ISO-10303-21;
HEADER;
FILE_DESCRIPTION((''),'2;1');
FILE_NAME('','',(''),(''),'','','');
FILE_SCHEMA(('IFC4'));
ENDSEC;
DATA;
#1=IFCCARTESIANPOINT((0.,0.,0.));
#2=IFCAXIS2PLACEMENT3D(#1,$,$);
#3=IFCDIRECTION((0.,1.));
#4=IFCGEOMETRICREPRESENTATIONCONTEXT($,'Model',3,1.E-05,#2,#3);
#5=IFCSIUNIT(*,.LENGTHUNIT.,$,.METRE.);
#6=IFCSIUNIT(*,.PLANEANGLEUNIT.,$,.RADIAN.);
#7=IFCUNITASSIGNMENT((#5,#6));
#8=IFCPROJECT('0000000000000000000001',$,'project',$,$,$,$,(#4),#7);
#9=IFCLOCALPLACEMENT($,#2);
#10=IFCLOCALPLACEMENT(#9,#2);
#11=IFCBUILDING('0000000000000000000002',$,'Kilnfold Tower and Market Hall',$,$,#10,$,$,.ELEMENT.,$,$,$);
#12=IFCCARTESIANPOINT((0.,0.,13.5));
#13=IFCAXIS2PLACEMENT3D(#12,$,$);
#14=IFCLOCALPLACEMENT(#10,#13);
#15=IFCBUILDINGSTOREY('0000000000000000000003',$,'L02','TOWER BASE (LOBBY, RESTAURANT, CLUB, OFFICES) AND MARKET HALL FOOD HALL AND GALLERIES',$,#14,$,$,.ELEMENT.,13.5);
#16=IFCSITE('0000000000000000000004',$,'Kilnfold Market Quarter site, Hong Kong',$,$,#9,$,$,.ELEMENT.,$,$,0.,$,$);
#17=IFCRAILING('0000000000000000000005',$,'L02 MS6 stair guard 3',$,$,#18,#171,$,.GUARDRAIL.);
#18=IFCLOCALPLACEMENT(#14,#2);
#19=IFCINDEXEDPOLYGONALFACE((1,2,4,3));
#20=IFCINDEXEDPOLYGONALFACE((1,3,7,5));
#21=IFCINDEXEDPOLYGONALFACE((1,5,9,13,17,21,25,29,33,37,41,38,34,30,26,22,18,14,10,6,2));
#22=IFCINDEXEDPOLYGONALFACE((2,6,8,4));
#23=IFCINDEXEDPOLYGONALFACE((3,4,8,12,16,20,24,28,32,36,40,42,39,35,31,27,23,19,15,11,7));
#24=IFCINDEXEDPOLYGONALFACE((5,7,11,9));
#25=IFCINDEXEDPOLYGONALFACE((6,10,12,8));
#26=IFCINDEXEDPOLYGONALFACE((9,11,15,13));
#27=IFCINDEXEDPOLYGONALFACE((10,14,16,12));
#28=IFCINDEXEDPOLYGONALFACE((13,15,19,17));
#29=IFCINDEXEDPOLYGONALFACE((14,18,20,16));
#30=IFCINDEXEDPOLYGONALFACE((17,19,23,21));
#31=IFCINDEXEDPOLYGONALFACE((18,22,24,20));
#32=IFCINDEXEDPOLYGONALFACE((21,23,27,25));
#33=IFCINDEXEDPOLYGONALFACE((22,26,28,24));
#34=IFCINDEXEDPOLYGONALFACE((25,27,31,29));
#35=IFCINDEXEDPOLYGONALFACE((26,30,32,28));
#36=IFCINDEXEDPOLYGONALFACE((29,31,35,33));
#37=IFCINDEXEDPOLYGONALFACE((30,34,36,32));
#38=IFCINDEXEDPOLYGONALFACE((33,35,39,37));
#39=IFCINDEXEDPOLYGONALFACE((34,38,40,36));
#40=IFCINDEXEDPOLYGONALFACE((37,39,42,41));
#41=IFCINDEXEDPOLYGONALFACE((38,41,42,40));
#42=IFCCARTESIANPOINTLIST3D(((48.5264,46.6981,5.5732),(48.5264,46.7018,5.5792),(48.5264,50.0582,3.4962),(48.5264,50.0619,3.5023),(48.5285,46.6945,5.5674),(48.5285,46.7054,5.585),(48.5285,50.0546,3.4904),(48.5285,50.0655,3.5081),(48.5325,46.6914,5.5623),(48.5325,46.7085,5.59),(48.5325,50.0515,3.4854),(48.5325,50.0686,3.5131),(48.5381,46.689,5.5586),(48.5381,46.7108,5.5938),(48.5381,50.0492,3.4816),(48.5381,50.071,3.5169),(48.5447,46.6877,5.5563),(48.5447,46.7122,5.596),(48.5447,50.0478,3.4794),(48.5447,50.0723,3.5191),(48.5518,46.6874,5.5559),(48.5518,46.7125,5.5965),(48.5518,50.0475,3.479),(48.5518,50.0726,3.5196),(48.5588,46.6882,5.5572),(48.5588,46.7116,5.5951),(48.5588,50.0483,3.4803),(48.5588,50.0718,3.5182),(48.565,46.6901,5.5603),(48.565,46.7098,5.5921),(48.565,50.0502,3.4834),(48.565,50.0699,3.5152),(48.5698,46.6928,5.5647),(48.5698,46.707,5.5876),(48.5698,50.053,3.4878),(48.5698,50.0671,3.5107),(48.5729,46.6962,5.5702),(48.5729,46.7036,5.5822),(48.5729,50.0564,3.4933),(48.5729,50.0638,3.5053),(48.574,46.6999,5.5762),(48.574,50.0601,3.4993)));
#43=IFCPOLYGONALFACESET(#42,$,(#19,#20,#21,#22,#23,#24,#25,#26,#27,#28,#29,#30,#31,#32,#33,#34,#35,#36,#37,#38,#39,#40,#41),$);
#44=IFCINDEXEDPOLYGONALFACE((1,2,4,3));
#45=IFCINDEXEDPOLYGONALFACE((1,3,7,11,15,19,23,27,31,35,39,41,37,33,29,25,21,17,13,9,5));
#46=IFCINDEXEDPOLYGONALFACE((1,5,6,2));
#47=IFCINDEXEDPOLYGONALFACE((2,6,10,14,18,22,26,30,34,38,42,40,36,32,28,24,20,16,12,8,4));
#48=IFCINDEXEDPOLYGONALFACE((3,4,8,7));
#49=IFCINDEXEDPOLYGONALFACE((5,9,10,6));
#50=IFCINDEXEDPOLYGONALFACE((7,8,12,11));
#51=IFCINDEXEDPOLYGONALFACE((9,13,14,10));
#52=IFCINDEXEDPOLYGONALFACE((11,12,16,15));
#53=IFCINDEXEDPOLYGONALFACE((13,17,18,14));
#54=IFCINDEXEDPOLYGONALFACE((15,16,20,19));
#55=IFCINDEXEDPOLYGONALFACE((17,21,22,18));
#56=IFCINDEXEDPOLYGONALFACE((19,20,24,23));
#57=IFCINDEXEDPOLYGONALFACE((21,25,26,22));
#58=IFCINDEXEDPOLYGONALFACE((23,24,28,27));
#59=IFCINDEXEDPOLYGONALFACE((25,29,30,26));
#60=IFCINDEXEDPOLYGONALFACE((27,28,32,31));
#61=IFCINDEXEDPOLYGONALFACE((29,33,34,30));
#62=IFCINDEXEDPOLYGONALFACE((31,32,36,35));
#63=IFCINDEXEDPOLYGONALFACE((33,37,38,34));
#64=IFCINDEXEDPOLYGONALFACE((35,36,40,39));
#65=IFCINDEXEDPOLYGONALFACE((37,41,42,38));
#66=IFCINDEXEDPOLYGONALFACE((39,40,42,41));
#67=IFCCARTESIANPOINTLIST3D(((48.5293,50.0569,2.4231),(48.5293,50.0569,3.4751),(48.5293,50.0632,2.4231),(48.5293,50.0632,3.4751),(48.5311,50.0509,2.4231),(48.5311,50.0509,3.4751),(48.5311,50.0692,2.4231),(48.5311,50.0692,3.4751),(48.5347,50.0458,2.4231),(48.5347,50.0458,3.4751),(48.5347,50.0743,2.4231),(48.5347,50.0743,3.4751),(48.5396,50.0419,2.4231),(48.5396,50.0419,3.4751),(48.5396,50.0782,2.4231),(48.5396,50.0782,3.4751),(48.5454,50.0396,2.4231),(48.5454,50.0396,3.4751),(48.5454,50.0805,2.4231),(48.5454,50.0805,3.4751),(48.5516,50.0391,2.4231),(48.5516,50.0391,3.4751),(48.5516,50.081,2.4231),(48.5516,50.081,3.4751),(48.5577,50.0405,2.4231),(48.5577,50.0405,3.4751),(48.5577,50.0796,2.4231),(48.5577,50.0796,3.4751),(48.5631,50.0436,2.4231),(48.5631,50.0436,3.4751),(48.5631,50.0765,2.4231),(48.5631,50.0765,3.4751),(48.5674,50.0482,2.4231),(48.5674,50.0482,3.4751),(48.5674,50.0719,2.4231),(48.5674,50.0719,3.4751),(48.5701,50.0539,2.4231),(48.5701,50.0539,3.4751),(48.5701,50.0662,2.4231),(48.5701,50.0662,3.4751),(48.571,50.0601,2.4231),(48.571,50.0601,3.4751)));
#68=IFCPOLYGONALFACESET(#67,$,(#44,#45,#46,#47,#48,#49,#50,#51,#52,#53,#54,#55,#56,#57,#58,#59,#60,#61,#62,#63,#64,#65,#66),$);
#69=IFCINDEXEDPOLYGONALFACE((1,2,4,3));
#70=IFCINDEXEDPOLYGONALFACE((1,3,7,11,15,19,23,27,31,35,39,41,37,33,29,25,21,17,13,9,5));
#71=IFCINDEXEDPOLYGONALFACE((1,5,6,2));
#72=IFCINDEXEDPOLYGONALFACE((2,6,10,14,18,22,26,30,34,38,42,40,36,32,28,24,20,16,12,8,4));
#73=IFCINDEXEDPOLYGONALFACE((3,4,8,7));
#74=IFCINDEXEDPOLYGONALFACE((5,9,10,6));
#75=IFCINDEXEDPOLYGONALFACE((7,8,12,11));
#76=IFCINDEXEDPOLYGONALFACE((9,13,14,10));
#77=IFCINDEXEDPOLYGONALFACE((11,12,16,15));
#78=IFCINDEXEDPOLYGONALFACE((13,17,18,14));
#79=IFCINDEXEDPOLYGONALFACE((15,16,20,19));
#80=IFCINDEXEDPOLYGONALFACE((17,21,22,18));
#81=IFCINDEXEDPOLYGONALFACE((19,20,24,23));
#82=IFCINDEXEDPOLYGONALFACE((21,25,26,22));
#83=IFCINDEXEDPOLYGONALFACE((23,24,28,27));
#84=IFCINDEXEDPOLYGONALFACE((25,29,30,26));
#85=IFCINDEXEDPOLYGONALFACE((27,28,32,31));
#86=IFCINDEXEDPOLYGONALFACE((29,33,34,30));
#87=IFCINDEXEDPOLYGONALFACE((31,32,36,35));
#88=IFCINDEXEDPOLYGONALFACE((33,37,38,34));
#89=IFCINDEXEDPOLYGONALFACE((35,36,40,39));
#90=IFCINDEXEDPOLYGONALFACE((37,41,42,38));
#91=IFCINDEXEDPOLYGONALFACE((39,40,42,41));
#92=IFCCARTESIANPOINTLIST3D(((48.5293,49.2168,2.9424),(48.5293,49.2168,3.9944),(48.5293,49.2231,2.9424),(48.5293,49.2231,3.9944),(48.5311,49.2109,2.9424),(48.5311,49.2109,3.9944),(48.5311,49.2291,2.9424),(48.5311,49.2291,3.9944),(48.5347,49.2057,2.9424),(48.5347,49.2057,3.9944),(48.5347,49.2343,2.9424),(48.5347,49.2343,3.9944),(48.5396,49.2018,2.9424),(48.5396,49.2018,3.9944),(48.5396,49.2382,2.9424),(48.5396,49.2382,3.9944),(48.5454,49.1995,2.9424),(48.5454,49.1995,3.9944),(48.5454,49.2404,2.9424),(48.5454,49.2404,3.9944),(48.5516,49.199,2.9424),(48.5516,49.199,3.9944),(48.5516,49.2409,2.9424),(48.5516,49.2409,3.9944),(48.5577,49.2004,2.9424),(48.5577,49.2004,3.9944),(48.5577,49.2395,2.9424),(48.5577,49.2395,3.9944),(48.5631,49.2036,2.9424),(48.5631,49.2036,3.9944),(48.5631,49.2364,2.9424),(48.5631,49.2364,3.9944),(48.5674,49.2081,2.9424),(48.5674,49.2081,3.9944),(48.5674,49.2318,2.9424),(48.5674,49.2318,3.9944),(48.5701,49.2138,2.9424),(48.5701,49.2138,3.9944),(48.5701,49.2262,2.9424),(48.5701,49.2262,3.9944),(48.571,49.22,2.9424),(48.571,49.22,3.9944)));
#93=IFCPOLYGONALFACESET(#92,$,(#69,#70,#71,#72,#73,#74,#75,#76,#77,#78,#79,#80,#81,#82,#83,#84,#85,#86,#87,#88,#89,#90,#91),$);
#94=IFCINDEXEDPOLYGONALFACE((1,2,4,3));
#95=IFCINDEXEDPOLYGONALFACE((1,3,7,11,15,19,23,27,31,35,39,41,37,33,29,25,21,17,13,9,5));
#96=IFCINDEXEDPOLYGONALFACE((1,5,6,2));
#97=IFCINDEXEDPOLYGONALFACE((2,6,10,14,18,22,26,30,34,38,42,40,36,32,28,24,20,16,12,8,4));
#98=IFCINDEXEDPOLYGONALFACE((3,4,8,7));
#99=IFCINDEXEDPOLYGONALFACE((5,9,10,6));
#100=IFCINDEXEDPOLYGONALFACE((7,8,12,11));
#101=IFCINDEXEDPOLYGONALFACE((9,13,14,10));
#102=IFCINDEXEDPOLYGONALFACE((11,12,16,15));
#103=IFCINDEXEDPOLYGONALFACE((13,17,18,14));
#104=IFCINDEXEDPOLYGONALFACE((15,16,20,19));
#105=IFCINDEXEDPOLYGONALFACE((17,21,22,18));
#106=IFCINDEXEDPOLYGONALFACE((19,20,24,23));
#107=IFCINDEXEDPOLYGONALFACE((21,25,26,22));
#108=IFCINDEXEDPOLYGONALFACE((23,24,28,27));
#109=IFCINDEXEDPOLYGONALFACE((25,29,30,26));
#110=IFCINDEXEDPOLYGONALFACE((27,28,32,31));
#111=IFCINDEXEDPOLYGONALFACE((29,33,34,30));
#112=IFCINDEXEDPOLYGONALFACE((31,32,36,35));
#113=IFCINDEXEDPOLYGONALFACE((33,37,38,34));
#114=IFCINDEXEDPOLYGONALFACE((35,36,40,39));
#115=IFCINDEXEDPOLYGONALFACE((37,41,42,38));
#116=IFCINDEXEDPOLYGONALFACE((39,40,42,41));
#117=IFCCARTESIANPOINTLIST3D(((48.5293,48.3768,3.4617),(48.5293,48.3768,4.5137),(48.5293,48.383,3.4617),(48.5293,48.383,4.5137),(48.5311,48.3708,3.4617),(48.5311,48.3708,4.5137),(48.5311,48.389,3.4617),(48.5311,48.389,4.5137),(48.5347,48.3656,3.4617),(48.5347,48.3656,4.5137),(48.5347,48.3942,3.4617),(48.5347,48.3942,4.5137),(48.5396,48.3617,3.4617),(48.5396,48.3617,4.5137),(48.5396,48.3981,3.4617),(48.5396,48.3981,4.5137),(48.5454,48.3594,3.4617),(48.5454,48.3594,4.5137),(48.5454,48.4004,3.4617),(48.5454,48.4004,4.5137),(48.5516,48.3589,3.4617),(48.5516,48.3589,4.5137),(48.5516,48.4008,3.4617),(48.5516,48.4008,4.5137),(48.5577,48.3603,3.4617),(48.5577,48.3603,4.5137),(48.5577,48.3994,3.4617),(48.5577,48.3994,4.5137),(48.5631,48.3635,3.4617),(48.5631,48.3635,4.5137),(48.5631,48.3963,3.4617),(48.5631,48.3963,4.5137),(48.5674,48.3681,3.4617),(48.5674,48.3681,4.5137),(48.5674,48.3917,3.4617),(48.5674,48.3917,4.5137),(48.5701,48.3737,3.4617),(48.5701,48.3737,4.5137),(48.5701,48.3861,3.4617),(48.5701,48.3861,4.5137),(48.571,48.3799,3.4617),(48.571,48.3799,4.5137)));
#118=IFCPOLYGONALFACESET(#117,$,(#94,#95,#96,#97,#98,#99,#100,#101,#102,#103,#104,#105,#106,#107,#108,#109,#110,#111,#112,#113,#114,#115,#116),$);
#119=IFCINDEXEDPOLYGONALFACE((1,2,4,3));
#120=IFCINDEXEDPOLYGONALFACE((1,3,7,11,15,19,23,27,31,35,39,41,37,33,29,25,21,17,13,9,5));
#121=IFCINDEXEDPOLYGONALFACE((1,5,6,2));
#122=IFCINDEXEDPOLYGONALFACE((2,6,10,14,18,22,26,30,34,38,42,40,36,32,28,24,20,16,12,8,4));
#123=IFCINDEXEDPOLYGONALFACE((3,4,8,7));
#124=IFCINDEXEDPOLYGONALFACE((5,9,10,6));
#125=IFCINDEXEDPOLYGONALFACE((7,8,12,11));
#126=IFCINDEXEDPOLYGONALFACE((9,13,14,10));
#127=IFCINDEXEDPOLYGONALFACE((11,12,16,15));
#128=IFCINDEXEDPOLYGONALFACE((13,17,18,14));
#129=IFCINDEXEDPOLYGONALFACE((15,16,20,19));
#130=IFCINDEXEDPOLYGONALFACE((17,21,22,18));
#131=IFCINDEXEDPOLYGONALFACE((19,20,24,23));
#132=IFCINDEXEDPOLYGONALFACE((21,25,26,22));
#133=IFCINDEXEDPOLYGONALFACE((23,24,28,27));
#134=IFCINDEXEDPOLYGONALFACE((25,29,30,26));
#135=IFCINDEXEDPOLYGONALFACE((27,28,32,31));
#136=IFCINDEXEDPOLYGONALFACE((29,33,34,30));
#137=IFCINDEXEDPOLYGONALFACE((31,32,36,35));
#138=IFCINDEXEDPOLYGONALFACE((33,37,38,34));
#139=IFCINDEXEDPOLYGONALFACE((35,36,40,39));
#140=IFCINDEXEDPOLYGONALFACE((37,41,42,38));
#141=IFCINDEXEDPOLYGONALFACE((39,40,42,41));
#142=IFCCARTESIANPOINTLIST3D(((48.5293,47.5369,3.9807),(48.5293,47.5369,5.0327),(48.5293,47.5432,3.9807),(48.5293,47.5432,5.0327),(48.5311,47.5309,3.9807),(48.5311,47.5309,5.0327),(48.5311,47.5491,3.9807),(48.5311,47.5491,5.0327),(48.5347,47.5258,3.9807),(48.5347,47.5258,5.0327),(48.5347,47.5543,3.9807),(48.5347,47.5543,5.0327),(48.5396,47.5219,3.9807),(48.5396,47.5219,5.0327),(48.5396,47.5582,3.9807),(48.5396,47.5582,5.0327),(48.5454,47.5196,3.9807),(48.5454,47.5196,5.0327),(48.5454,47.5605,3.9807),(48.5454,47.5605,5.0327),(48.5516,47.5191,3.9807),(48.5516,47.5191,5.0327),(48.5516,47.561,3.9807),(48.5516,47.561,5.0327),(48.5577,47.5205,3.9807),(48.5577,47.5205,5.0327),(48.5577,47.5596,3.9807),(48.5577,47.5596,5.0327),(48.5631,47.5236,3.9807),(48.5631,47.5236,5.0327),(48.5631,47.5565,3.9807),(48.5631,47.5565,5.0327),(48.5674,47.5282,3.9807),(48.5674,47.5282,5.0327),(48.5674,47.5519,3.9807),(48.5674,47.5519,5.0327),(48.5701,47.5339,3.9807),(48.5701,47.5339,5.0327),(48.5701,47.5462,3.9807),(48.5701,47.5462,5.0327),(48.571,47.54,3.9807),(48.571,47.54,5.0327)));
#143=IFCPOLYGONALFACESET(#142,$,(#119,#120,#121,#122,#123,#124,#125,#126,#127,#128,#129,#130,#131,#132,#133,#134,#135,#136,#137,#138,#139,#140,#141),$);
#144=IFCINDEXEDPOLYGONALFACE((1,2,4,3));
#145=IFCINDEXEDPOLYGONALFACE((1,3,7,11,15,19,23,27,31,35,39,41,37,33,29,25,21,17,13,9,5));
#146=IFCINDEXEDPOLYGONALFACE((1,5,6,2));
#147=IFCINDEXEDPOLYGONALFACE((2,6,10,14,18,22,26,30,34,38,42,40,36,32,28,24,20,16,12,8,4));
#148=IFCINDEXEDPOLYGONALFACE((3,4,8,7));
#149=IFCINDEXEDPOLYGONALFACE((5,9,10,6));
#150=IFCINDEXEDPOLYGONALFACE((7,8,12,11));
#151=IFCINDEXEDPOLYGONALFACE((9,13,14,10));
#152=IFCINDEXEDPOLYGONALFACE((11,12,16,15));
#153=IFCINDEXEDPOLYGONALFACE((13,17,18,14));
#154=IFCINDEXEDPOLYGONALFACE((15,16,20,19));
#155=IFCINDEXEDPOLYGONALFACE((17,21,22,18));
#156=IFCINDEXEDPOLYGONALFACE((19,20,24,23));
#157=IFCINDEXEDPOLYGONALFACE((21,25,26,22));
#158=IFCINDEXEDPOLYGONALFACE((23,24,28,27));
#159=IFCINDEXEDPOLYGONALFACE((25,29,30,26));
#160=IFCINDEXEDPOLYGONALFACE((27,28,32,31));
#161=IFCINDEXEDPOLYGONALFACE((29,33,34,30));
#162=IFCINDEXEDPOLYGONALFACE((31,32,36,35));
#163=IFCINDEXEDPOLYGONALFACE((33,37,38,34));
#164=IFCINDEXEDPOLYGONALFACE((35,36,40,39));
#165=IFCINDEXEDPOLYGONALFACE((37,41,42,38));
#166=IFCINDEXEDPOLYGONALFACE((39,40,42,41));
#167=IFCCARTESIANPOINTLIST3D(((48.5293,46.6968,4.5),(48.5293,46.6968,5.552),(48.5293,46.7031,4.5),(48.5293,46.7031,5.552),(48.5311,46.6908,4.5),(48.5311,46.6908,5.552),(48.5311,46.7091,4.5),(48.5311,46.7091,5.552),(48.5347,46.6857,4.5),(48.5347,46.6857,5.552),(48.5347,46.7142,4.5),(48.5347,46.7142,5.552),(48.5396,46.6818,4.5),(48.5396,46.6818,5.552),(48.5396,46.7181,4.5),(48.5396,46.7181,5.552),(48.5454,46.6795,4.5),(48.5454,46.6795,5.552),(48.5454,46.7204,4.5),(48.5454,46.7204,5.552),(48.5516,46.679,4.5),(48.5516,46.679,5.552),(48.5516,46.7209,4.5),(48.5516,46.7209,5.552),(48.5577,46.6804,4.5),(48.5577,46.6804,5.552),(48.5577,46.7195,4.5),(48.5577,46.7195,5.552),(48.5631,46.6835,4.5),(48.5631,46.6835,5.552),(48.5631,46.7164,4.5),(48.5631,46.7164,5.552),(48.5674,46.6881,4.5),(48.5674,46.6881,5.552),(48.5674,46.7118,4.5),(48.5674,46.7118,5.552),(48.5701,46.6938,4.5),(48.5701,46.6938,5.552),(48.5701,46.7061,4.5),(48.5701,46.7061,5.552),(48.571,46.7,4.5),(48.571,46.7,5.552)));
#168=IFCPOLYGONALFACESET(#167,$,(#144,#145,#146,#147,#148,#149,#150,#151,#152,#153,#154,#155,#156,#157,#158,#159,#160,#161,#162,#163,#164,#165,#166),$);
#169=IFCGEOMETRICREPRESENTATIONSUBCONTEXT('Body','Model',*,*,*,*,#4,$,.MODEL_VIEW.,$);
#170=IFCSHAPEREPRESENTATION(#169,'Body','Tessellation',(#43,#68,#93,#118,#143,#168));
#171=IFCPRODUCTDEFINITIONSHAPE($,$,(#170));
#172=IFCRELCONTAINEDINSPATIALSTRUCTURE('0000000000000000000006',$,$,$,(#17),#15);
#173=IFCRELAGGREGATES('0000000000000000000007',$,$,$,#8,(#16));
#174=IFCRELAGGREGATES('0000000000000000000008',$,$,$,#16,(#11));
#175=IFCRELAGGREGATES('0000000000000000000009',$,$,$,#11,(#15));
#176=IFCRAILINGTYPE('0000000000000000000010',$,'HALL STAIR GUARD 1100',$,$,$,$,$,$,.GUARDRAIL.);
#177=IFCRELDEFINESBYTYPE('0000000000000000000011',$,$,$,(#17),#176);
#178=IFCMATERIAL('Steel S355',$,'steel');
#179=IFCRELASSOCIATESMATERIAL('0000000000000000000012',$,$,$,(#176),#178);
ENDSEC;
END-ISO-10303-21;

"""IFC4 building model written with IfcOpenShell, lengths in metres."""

from ifc_helpers import new_model, si_unit, direction, frame, origin, origin_2d, place, context, subcontext, project, spatial, circle, extrude, material, type_object, element, save


model = new_model("IFC4")

# Units and contexts
model_context = context("Model", 3, precision=1e-05, world=origin(), true_north=direction((0.0, 1.0)))
body_context = subcontext(model_context, "Body", "Model", "MODEL_VIEW")
ifc_project = project(units=[si_unit("LENGTHUNIT", "METRE"), si_unit("PLANEANGLEUNIT", "RADIAN")], contexts=[model_context])

# Site, building, storey
site_placement = place(None, origin())
site = spatial("IfcSite", under=ifc_project, at=site_placement, Name="Kilnfold Market Quarter site, Hong Kong", CompositionType="ELEMENT", RefElevation=0.0)
building_placement = place(site_placement, origin())
building = spatial("IfcBuilding", under=site, at=building_placement, Name="Kilnfold Tower and Market Hall", CompositionType="ELEMENT")
storey_placement = place(building_placement, frame((0.0, 0.0, 13.5)))
storey = spatial("IfcBuildingStorey", under=building, at=storey_placement, Name="L02", Description="TOWER BASE (LOBBY, RESTAURANT, CLUB, OFFICES) AND MARKET HALL FOOD HALL AND GALLERIES", CompositionType="ELEMENT", Elevation=13.5)

# Railing
ifc_material_1 = material(Name="Steel S355", Category="steel")
railing_type_1 = type_object("IfcRailingType", Name="HALL STAIR GUARD 1100", PredefinedType="GUARDRAIL", material=ifc_material_1)
railing_1_placement = place(storey_placement, frame((48.55, 50.0601, 2.4231)))
element("IfcRailing", 1, at=railing_1_placement, inside=storey, type_object=railing_type_1, Name="L02 MS6 stair guard 3", PredefinedType="GUARDRAIL", context=body_context, shape_type="SweptSolid", body=[
    extrude(circle(Radius=0.0239, at=origin_2d()), frame((0.0, 0.0, 1.0762), z_axis=(0.0, -0.850623, 0.525776), x_axis=(1.0, 0.0, 0.0)), (0.0, 0.0, 1.0), 3.9502),
    extrude(circle(Radius=0.021, at=origin_2d()), origin(), (0.0, 0.0, 1.0), 1.052),
    extrude(circle(Radius=0.021, at=origin_2d()), frame((0.0, -0.8401, 0.5193)), (0.0, 0.0, 1.0), 1.052),
    extrude(circle(Radius=0.021, at=origin_2d()), frame((0.0, -1.6802, 1.0386)), (0.0, 0.0, 1.0), 1.052),
    extrude(circle(Radius=0.021, at=origin_2d()), frame((0.0, -2.52, 1.5576)), (0.0, 0.0, 1.0), 1.052),
    extrude(circle(Radius=0.021, at=origin_2d()), frame((0.0, -3.3601, 2.0769)), (0.0, 0.0, 1.0), 1.052),
])

save(model, "model.ifc")
